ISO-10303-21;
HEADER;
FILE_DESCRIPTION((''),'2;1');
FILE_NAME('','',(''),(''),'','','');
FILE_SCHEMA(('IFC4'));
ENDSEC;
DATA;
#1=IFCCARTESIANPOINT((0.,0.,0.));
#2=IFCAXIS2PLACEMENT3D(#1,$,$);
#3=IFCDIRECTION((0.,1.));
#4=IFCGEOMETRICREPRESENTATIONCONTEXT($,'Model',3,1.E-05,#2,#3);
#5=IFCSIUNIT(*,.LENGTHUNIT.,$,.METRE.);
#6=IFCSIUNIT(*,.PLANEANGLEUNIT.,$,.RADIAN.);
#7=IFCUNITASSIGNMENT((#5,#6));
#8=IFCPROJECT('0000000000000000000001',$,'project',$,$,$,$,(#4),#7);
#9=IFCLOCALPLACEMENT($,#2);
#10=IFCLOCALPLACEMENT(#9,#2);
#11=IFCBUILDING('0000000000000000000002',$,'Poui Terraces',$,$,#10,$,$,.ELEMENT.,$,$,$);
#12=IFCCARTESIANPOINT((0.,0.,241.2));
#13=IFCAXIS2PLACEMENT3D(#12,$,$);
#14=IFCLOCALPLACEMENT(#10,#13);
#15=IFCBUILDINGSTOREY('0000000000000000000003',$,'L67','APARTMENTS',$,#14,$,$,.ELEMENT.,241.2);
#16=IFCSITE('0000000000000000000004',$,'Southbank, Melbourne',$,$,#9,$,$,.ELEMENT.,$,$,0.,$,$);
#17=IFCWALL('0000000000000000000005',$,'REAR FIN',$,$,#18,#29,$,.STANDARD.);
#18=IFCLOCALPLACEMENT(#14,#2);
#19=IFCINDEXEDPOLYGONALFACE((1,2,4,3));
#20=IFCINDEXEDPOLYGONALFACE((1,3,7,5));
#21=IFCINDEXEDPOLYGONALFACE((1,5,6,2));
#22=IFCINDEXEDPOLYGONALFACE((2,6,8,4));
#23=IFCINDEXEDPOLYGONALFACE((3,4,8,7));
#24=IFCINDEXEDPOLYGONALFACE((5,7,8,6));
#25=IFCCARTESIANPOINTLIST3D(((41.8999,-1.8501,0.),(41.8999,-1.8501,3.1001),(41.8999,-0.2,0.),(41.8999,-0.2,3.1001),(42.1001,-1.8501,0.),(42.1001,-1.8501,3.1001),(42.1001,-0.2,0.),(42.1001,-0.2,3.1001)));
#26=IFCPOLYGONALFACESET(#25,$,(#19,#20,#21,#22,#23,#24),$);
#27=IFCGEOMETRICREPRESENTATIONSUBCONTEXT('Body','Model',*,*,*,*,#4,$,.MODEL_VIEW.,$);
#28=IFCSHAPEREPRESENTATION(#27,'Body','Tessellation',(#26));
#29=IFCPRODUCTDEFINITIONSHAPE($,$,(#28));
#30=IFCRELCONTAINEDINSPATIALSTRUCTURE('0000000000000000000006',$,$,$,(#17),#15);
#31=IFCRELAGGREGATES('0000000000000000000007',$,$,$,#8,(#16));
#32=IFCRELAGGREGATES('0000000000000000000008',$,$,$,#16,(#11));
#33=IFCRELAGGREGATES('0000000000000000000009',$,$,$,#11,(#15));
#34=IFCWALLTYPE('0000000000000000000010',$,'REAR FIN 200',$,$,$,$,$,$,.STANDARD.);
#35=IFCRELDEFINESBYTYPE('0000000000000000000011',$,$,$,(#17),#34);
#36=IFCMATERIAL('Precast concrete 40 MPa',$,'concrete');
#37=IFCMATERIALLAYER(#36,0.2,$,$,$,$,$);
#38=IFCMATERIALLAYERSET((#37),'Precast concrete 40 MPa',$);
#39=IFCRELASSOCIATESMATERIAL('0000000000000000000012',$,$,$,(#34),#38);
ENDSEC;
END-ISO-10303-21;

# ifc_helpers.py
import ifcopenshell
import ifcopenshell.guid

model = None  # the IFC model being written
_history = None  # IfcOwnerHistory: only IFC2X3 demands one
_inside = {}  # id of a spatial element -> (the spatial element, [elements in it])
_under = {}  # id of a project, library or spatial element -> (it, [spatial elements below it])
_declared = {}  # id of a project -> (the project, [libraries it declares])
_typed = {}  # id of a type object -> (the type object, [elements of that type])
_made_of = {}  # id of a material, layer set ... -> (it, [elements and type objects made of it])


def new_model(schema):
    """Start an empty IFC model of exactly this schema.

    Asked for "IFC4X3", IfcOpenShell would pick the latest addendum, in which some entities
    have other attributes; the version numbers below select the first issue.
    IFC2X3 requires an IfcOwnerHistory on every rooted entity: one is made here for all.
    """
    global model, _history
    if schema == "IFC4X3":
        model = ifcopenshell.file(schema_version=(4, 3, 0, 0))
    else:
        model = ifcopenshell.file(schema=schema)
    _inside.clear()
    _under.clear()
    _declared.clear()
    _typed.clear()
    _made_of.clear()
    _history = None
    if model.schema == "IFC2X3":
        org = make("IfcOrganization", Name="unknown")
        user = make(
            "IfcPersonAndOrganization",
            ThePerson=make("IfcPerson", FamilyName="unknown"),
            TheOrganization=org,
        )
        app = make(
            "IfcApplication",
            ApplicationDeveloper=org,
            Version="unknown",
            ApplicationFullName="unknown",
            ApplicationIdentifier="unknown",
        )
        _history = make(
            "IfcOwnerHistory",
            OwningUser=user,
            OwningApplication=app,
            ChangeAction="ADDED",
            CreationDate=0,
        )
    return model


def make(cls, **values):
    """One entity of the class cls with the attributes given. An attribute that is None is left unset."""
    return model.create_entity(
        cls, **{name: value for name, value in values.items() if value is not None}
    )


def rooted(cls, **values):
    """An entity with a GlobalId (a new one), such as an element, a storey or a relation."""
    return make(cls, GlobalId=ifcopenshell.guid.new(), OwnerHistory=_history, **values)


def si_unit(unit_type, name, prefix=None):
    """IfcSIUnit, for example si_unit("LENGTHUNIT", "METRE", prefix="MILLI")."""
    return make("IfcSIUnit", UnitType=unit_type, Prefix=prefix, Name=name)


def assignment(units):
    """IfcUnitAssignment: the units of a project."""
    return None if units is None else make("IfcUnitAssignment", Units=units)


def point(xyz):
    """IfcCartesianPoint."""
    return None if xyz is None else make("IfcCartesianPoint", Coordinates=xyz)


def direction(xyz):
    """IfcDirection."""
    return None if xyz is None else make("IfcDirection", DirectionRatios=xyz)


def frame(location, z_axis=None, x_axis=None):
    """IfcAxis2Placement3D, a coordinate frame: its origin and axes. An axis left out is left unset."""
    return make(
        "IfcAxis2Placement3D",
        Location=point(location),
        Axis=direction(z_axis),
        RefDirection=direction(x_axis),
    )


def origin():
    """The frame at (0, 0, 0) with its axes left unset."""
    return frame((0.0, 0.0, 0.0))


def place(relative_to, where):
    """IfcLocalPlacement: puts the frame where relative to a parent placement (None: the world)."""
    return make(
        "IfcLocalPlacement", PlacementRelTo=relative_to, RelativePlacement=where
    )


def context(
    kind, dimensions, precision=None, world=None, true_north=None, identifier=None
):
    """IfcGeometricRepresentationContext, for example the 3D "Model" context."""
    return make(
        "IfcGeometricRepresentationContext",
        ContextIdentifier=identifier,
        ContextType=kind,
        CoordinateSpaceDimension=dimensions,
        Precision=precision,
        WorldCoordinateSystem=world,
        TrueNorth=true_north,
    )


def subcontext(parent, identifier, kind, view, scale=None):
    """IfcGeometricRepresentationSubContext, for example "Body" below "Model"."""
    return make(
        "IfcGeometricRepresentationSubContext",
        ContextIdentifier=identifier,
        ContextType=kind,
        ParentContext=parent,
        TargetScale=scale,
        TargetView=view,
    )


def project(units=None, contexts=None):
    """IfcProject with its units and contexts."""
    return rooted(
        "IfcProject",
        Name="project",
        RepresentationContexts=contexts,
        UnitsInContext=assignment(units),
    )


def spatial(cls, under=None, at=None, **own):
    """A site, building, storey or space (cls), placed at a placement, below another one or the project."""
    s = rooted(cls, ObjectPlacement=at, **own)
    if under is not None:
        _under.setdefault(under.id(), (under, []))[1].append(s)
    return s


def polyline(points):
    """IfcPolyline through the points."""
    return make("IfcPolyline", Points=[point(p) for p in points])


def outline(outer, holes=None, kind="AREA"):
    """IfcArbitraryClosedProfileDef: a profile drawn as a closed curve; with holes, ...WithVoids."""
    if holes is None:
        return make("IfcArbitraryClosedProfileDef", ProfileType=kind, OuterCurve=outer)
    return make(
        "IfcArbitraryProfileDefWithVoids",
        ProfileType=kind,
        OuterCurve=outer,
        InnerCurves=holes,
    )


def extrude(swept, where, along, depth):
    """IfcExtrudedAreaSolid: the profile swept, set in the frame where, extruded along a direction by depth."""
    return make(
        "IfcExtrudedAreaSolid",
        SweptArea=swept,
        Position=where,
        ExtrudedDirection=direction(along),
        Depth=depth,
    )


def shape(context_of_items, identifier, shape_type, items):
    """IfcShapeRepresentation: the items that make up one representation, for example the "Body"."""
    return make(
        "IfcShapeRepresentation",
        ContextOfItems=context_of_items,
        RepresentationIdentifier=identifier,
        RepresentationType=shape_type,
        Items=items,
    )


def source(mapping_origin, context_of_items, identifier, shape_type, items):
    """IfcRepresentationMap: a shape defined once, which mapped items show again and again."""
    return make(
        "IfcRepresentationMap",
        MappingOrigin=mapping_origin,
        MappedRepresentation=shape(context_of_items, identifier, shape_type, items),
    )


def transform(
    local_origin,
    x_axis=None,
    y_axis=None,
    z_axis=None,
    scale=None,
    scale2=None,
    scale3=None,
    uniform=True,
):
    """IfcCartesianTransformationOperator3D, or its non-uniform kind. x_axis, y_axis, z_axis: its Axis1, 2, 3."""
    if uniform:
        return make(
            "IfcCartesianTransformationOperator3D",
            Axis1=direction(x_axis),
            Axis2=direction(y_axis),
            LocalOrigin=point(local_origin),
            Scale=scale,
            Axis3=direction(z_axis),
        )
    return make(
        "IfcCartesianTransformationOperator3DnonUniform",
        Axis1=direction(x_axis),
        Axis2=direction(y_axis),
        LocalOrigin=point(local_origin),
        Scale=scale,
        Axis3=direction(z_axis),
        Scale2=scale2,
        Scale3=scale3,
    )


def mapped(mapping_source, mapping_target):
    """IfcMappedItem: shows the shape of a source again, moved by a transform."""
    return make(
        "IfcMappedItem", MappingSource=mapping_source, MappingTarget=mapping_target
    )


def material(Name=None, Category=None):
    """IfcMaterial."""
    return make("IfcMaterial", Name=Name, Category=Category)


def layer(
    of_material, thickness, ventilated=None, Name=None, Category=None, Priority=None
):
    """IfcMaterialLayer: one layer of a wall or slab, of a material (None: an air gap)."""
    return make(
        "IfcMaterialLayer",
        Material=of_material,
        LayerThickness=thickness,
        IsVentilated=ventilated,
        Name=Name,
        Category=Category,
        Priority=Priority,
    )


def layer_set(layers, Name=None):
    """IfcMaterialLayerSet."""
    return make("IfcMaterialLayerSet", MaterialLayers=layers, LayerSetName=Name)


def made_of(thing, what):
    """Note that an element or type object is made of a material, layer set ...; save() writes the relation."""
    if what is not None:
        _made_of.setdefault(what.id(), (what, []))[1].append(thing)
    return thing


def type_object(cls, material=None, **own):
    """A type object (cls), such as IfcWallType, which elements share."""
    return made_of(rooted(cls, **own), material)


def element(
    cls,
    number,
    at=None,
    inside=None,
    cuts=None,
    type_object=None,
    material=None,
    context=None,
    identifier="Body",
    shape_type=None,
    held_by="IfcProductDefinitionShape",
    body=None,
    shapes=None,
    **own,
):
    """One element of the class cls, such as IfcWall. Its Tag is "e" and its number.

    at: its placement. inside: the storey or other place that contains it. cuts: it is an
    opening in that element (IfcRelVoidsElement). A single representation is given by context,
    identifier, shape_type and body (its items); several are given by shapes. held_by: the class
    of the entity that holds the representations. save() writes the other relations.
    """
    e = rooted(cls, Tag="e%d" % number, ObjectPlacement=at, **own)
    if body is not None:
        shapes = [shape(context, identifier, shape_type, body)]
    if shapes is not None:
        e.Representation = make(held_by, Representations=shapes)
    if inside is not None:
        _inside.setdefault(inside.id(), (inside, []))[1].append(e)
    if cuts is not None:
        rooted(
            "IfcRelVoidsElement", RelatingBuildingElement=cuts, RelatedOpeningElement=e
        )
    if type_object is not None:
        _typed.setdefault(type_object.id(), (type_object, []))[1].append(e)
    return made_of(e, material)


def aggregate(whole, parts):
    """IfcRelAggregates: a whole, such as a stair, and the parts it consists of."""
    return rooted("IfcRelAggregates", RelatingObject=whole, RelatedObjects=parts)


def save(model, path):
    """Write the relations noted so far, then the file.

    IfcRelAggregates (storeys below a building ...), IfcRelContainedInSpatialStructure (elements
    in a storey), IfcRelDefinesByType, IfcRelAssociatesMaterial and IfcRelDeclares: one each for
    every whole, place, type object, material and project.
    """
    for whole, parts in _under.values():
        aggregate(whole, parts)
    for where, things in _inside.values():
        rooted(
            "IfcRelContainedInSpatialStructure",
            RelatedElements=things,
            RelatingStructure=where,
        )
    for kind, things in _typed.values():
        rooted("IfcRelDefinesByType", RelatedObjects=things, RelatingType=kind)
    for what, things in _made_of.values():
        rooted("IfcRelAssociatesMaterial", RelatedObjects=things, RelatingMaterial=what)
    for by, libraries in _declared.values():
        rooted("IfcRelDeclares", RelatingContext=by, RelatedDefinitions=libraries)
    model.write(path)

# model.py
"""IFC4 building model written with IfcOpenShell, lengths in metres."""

from ifc_helpers import new_model, si_unit, direction, frame, origin, place, context, subcontext, project, spatial, polyline, outline, extrude, source, transform, mapped, material, layer, layer_set, type_object, element, save


model = new_model("IFC4")

# Units and contexts
model_context = context("Model", 3, precision=1e-05, world=origin(), true_north=direction((0.0, 1.0)))
body_context = subcontext(model_context, "Body", "Model", "MODEL_VIEW")
ifc_project = project(units=[si_unit("LENGTHUNIT", "METRE"), si_unit("PLANEANGLEUNIT", "RADIAN")], contexts=[model_context])

# Site, building, storey
site_placement = place(None, origin())
site = spatial("IfcSite", under=ifc_project, at=site_placement, Name="Southbank, Melbourne", CompositionType="ELEMENT", RefElevation=0.0)
building_placement = place(site_placement, origin())
building = spatial("IfcBuilding", under=site, at=building_placement, Name="Poui Terraces", CompositionType="ELEMENT")
storey_placement = place(building_placement, frame((0.0, 0.0, 241.2)))
storey = spatial("IfcBuildingStorey", under=building, at=storey_placement, Name="L67", Description="APARTMENTS", CompositionType="ELEMENT", Elevation=241.2)

# Shared definitions
ifc_material_1 = material(Name="Precast concrete 40 MPa", Category="concrete")

# Wall
ifc_layer_1 = layer(ifc_material_1, 0.2)
ifc_layer_set_1 = layer_set([ifc_layer_1], Name="Precast concrete 40 MPa")
wall_type_1 = type_object("IfcWallType", Name="REAR FIN 200", PredefinedType="STANDARD", material=ifc_layer_set_1)
shared_shape_1 = source(origin(), body_context, "Body", "SweptSolid", [
    extrude(outline(polyline([(0.0, 0.0), (0.2002, 0.0), (0.2002, 1.6501), (0.0, 1.6501), (0.0, 0.0)])), origin(), (0.0, 0.0, 1.0), 3.1001),
])
for number, where, name in (
    (1, (41.8999, -1.8501, 0.0), "REAR FIN"),
):
    element("IfcWall", number, at=place(storey_placement, frame(where)), inside=storey, type_object=wall_type_1, Name=name, PredefinedType="STANDARD", context=body_context, shape_type="MappedRepresentation", body=[
        mapped(shared_shape_1, transform((0.0, 0.0, 0.0))),
    ])

save(model, "model.ifc")
